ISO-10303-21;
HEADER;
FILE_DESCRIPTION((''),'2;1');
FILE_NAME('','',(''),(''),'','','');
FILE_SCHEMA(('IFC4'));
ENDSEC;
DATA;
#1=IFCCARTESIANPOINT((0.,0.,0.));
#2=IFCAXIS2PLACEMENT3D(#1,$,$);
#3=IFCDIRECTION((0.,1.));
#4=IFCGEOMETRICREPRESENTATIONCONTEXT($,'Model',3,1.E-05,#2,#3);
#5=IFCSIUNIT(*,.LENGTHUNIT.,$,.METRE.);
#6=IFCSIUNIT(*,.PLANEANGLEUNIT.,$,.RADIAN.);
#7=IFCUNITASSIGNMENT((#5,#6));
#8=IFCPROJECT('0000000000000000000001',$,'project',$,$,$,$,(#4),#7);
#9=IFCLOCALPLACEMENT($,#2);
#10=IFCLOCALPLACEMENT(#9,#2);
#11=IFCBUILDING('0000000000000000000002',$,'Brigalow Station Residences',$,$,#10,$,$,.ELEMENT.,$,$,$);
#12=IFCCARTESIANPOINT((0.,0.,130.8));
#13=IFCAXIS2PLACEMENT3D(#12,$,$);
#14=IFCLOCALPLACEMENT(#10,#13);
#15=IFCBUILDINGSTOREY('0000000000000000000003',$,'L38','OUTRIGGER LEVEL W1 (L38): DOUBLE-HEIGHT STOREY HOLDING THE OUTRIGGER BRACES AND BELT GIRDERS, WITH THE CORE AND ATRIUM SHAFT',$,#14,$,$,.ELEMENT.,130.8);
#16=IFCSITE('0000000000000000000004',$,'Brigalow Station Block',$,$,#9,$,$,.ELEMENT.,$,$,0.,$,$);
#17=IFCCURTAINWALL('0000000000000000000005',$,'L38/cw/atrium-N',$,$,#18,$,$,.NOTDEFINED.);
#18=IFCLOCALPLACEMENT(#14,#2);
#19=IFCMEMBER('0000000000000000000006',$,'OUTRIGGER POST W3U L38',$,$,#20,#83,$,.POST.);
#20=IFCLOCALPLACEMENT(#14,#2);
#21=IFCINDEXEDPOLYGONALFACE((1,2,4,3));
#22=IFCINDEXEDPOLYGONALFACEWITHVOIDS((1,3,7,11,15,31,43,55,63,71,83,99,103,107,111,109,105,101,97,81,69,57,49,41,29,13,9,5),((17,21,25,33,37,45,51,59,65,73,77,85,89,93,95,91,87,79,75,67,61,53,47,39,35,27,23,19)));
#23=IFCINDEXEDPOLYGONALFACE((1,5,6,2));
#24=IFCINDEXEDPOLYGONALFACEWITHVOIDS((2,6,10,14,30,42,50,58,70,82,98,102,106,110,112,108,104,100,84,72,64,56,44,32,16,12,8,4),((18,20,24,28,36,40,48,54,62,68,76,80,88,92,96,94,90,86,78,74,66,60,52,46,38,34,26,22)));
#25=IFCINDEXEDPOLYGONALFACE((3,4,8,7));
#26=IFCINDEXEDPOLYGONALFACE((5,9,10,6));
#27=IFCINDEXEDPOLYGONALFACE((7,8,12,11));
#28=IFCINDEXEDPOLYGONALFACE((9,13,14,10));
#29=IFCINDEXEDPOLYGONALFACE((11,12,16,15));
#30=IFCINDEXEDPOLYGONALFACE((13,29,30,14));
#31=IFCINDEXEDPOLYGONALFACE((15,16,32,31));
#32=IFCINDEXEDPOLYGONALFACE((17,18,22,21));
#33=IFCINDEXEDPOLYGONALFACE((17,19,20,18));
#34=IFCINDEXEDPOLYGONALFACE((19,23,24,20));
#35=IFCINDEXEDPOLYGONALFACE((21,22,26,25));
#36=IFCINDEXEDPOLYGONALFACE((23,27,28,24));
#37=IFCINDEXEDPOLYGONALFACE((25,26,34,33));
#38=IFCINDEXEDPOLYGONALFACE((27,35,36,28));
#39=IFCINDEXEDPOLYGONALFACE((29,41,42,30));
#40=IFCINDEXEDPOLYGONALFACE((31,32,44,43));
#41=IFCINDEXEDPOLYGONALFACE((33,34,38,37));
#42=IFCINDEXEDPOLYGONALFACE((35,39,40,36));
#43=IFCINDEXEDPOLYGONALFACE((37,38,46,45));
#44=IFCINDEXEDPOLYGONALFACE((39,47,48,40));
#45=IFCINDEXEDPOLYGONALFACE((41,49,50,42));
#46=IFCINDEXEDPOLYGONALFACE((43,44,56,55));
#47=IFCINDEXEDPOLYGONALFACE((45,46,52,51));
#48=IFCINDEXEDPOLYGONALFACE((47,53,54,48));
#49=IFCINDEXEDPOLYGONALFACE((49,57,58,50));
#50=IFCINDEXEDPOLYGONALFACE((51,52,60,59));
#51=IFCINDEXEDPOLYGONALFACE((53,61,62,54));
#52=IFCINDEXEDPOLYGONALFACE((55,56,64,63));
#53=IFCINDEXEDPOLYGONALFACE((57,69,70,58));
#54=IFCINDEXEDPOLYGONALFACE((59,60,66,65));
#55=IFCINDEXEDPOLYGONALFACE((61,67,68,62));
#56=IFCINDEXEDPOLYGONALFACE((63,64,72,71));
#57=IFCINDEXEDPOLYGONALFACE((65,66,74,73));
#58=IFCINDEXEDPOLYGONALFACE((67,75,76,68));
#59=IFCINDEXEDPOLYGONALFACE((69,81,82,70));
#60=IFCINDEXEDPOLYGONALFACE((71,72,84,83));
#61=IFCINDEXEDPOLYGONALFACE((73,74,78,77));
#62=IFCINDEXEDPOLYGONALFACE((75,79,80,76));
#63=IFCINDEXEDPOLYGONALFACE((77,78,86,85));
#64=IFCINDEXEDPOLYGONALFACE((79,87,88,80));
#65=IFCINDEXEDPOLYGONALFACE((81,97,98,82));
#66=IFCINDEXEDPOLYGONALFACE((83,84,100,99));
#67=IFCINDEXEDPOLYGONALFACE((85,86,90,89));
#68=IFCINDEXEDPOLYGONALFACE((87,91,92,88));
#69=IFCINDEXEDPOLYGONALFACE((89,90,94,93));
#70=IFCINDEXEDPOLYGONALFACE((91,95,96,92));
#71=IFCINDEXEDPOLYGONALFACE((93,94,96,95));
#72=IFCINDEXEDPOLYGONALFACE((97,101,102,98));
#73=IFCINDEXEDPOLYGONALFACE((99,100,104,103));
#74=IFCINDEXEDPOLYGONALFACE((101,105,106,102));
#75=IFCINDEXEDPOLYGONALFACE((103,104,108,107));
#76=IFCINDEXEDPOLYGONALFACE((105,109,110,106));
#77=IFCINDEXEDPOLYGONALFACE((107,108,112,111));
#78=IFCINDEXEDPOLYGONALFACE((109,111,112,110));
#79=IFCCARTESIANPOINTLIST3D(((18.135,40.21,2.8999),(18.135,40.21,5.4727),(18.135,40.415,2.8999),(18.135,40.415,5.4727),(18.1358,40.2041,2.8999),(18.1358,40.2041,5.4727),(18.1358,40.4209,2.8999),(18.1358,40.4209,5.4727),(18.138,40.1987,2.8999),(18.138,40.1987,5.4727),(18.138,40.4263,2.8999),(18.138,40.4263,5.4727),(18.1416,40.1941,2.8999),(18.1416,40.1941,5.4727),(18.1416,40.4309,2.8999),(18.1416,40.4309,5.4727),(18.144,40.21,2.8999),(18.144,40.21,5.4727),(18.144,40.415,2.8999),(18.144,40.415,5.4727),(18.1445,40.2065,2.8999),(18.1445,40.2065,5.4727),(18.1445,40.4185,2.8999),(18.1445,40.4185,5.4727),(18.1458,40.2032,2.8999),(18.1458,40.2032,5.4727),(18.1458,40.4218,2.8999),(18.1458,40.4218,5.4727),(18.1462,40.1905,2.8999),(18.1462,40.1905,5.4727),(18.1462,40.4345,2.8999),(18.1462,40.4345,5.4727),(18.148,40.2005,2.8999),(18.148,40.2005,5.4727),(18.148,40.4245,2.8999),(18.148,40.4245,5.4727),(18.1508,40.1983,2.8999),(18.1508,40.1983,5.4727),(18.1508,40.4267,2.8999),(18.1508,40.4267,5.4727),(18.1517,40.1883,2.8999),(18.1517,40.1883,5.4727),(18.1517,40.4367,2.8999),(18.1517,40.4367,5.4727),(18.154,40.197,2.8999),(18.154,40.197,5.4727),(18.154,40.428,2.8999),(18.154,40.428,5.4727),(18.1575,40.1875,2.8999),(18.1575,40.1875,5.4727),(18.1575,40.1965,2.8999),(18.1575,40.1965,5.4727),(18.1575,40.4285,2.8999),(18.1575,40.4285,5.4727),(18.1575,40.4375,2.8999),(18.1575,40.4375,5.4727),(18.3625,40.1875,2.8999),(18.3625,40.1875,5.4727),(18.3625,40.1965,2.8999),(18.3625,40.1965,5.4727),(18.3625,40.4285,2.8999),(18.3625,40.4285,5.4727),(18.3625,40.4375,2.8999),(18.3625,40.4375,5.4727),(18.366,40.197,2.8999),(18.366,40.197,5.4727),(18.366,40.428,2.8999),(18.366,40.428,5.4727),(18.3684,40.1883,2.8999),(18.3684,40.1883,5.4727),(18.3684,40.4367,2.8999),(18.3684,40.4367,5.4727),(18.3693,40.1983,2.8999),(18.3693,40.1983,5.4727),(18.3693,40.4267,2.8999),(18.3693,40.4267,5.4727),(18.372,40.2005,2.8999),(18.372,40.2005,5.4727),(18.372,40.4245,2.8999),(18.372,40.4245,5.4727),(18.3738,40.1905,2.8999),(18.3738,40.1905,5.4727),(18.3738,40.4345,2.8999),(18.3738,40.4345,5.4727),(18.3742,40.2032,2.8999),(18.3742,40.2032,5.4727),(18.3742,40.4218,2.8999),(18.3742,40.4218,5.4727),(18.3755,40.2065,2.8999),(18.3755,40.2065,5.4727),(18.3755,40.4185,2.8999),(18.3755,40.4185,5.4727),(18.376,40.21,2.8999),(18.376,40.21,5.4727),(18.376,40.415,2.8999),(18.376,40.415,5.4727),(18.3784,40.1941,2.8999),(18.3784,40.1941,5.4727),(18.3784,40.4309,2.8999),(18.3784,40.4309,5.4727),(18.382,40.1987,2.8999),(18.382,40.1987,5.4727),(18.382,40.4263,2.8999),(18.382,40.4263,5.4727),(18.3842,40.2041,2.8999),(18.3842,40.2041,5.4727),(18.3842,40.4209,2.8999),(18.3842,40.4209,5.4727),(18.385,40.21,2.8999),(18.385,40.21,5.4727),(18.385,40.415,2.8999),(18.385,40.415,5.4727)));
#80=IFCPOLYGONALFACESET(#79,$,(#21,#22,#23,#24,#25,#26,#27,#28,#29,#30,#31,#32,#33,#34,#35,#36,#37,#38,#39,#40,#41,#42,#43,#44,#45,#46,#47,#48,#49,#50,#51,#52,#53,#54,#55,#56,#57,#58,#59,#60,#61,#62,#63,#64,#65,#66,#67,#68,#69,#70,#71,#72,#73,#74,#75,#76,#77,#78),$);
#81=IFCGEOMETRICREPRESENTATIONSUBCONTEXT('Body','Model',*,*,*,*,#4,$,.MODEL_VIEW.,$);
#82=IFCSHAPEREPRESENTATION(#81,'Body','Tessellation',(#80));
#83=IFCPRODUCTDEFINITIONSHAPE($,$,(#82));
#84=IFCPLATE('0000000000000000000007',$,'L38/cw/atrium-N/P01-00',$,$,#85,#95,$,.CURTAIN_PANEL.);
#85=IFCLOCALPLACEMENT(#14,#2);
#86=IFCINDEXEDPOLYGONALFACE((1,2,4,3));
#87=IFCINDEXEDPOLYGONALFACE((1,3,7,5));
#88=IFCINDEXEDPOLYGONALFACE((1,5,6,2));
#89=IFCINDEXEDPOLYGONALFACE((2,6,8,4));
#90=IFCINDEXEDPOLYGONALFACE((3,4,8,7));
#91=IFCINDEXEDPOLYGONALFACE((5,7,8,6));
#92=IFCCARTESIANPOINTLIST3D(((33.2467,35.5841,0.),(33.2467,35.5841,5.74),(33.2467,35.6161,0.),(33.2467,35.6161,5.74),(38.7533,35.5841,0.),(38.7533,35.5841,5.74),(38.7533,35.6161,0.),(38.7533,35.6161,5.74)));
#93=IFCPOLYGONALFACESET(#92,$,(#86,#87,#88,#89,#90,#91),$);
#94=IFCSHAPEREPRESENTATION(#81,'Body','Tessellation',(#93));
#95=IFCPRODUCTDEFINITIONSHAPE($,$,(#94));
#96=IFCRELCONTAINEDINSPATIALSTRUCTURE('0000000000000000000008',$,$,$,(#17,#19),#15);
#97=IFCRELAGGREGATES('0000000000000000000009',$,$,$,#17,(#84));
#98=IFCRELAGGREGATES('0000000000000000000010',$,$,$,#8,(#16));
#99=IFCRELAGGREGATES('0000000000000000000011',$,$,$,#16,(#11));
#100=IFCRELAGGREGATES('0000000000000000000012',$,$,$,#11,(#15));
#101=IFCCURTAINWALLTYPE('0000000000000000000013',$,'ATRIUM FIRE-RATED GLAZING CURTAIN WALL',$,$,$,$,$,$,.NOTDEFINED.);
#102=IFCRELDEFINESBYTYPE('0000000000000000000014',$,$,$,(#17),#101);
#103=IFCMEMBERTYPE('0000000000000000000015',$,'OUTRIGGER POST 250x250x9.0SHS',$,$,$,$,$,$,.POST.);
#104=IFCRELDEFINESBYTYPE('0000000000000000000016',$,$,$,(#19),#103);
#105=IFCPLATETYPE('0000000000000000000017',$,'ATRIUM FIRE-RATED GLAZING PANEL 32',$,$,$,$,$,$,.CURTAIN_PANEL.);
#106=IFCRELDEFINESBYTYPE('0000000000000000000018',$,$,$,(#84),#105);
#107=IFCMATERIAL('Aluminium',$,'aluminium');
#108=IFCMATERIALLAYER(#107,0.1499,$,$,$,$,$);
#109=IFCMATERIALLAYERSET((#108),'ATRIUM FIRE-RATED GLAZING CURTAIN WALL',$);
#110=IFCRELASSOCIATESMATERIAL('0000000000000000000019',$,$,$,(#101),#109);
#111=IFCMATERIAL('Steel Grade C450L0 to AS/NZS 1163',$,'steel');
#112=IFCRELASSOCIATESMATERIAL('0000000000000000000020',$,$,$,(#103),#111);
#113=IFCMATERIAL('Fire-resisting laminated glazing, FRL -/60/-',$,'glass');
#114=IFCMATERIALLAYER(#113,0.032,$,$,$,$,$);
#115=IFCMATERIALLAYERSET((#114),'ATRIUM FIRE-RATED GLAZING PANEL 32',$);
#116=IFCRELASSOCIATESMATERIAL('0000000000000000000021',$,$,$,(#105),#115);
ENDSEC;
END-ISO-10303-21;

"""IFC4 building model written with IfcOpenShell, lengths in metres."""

from ifc_helpers import new_model, si_unit, direction, frame, origin, origin_2d, place, context, subcontext, project, spatial, rectangle, hollow_rectangle, extrude, material, layer, layer_set, material_profile, profile_set, type_object, element, aggregate, save


model = new_model("IFC4")

# Units and contexts
model_context = context("Model", 3, precision=1e-05, world=origin(), true_north=direction((0.0, 1.0)))
body_context = subcontext(model_context, "Body", "Model", "MODEL_VIEW")
ifc_project = project(units=[si_unit("LENGTHUNIT", "METRE"), si_unit("PLANEANGLEUNIT", "RADIAN")], contexts=[model_context])

# Site, building, storey
site_placement = place(None, origin())
site = spatial("IfcSite", under=ifc_project, at=site_placement, Name="Brigalow Station Block", CompositionType="ELEMENT", RefElevation=0.0)
building_placement = place(site_placement, origin())
building = spatial("IfcBuilding", under=site, at=building_placement, Name="Brigalow Station Residences", CompositionType="ELEMENT")
storey_placement = place(building_placement, frame((0.0, 0.0, 130.8)))
storey = spatial("IfcBuildingStorey", under=building, at=storey_placement, Name="L38", Description="OUTRIGGER LEVEL W1 (L38): DOUBLE-HEIGHT STOREY HOLDING THE OUTRIGGER BRACES AND BELT GIRDERS, WITH THE CORE AND ATRIUM SHAFT", CompositionType="ELEMENT", Elevation=130.8)

# Curtain wall
ifc_material_1 = material(Name="Aluminium", Category="aluminium")
ifc_layer_1 = layer(ifc_material_1, 0.1499)
ifc_layer_set_1 = layer_set([ifc_layer_1], Name="ATRIUM FIRE-RATED GLAZING CURTAIN WALL")
curtain_wall_type = type_object("IfcCurtainWallType", Name="ATRIUM FIRE-RATED GLAZING CURTAIN WALL", PredefinedType="NOTDEFINED", material=ifc_layer_set_1)
curtain_wall_placement = place(storey_placement, origin())
curtain_wall = element("IfcCurtainWall", 1, at=curtain_wall_placement, inside=storey, type_object=curtain_wall_type, Name="L38/cw/atrium-N", PredefinedType="NOTDEFINED")

# Member
ifc_material_2 = material(Name="Steel Grade C450L0 to AS/NZS 1163", Category="steel")
ifc_material_profile_1 = material_profile(ifc_material_2, hollow_rectangle(XDim=0.25, YDim=0.25, WallThickness=0.009, InnerFilletRadius=0.0134, OuterFilletRadius=0.0225, at=origin_2d()), Name="250x250x9.0SHS")
ifc_profile_set_1 = profile_set([ifc_material_profile_1], Name="Steel Grade C450L0 to AS/NZS 1163")
member_type_1 = type_object("IfcMemberType", Name="OUTRIGGER POST 250x250x9.0SHS", PredefinedType="POST", material=ifc_profile_set_1)
for number, where, z_axis, x_axis, name in (
    (2, (18.26, 40.3125, 2.8999), (0.0, 0.0, 1.0), (1.0, 0.0, 0.0), "OUTRIGGER POST W3U L38"),
):
    element("IfcMember", number, at=place(storey_placement, frame(where, z_axis=z_axis, x_axis=x_axis)), inside=storey, type_object=member_type_1, Name=name, PredefinedType="POST", context=body_context, shape_type="SweptSolid", body=[
        extrude(hollow_rectangle(XDim=0.25, YDim=0.25, WallThickness=0.009, InnerFilletRadius=0.0134, OuterFilletRadius=0.0225, at=origin_2d()), origin(), (0.0, 0.0, 1.0), 2.5728),
    ])

# Plate
ifc_material_3 = material(Name="Fire-resisting laminated glazing, FRL -/60/-", Category="glass")
ifc_layer_2 = layer(ifc_material_3, 0.032)
ifc_layer_set_2 = layer_set([ifc_layer_2], Name="ATRIUM FIRE-RATED GLAZING PANEL 32")
plate_type = type_object("IfcPlateType", Name="ATRIUM FIRE-RATED GLAZING PANEL 32", PredefinedType="CURTAIN_PANEL", material=ifc_layer_set_2)
plate_placement = place(storey_placement, frame((36.0, 35.6001, 0.0), z_axis=(0.0, 0.0, 1.0), x_axis=(-1.0, 0.0, 0.0)))
plate = element("IfcPlate", 3, at=plate_placement, type_object=plate_type, Name="L38/cw/atrium-N/P01-00", PredefinedType="CURTAIN_PANEL", context=body_context, shape_type="SweptSolid", body=[
    extrude(rectangle(XDim=5.5066, YDim=0.032, at=origin_2d()), origin(), (0.0, 0.0, 1.0), 5.74),
])
aggregate(curtain_wall, [plate])

save(model, "model.ifc")
